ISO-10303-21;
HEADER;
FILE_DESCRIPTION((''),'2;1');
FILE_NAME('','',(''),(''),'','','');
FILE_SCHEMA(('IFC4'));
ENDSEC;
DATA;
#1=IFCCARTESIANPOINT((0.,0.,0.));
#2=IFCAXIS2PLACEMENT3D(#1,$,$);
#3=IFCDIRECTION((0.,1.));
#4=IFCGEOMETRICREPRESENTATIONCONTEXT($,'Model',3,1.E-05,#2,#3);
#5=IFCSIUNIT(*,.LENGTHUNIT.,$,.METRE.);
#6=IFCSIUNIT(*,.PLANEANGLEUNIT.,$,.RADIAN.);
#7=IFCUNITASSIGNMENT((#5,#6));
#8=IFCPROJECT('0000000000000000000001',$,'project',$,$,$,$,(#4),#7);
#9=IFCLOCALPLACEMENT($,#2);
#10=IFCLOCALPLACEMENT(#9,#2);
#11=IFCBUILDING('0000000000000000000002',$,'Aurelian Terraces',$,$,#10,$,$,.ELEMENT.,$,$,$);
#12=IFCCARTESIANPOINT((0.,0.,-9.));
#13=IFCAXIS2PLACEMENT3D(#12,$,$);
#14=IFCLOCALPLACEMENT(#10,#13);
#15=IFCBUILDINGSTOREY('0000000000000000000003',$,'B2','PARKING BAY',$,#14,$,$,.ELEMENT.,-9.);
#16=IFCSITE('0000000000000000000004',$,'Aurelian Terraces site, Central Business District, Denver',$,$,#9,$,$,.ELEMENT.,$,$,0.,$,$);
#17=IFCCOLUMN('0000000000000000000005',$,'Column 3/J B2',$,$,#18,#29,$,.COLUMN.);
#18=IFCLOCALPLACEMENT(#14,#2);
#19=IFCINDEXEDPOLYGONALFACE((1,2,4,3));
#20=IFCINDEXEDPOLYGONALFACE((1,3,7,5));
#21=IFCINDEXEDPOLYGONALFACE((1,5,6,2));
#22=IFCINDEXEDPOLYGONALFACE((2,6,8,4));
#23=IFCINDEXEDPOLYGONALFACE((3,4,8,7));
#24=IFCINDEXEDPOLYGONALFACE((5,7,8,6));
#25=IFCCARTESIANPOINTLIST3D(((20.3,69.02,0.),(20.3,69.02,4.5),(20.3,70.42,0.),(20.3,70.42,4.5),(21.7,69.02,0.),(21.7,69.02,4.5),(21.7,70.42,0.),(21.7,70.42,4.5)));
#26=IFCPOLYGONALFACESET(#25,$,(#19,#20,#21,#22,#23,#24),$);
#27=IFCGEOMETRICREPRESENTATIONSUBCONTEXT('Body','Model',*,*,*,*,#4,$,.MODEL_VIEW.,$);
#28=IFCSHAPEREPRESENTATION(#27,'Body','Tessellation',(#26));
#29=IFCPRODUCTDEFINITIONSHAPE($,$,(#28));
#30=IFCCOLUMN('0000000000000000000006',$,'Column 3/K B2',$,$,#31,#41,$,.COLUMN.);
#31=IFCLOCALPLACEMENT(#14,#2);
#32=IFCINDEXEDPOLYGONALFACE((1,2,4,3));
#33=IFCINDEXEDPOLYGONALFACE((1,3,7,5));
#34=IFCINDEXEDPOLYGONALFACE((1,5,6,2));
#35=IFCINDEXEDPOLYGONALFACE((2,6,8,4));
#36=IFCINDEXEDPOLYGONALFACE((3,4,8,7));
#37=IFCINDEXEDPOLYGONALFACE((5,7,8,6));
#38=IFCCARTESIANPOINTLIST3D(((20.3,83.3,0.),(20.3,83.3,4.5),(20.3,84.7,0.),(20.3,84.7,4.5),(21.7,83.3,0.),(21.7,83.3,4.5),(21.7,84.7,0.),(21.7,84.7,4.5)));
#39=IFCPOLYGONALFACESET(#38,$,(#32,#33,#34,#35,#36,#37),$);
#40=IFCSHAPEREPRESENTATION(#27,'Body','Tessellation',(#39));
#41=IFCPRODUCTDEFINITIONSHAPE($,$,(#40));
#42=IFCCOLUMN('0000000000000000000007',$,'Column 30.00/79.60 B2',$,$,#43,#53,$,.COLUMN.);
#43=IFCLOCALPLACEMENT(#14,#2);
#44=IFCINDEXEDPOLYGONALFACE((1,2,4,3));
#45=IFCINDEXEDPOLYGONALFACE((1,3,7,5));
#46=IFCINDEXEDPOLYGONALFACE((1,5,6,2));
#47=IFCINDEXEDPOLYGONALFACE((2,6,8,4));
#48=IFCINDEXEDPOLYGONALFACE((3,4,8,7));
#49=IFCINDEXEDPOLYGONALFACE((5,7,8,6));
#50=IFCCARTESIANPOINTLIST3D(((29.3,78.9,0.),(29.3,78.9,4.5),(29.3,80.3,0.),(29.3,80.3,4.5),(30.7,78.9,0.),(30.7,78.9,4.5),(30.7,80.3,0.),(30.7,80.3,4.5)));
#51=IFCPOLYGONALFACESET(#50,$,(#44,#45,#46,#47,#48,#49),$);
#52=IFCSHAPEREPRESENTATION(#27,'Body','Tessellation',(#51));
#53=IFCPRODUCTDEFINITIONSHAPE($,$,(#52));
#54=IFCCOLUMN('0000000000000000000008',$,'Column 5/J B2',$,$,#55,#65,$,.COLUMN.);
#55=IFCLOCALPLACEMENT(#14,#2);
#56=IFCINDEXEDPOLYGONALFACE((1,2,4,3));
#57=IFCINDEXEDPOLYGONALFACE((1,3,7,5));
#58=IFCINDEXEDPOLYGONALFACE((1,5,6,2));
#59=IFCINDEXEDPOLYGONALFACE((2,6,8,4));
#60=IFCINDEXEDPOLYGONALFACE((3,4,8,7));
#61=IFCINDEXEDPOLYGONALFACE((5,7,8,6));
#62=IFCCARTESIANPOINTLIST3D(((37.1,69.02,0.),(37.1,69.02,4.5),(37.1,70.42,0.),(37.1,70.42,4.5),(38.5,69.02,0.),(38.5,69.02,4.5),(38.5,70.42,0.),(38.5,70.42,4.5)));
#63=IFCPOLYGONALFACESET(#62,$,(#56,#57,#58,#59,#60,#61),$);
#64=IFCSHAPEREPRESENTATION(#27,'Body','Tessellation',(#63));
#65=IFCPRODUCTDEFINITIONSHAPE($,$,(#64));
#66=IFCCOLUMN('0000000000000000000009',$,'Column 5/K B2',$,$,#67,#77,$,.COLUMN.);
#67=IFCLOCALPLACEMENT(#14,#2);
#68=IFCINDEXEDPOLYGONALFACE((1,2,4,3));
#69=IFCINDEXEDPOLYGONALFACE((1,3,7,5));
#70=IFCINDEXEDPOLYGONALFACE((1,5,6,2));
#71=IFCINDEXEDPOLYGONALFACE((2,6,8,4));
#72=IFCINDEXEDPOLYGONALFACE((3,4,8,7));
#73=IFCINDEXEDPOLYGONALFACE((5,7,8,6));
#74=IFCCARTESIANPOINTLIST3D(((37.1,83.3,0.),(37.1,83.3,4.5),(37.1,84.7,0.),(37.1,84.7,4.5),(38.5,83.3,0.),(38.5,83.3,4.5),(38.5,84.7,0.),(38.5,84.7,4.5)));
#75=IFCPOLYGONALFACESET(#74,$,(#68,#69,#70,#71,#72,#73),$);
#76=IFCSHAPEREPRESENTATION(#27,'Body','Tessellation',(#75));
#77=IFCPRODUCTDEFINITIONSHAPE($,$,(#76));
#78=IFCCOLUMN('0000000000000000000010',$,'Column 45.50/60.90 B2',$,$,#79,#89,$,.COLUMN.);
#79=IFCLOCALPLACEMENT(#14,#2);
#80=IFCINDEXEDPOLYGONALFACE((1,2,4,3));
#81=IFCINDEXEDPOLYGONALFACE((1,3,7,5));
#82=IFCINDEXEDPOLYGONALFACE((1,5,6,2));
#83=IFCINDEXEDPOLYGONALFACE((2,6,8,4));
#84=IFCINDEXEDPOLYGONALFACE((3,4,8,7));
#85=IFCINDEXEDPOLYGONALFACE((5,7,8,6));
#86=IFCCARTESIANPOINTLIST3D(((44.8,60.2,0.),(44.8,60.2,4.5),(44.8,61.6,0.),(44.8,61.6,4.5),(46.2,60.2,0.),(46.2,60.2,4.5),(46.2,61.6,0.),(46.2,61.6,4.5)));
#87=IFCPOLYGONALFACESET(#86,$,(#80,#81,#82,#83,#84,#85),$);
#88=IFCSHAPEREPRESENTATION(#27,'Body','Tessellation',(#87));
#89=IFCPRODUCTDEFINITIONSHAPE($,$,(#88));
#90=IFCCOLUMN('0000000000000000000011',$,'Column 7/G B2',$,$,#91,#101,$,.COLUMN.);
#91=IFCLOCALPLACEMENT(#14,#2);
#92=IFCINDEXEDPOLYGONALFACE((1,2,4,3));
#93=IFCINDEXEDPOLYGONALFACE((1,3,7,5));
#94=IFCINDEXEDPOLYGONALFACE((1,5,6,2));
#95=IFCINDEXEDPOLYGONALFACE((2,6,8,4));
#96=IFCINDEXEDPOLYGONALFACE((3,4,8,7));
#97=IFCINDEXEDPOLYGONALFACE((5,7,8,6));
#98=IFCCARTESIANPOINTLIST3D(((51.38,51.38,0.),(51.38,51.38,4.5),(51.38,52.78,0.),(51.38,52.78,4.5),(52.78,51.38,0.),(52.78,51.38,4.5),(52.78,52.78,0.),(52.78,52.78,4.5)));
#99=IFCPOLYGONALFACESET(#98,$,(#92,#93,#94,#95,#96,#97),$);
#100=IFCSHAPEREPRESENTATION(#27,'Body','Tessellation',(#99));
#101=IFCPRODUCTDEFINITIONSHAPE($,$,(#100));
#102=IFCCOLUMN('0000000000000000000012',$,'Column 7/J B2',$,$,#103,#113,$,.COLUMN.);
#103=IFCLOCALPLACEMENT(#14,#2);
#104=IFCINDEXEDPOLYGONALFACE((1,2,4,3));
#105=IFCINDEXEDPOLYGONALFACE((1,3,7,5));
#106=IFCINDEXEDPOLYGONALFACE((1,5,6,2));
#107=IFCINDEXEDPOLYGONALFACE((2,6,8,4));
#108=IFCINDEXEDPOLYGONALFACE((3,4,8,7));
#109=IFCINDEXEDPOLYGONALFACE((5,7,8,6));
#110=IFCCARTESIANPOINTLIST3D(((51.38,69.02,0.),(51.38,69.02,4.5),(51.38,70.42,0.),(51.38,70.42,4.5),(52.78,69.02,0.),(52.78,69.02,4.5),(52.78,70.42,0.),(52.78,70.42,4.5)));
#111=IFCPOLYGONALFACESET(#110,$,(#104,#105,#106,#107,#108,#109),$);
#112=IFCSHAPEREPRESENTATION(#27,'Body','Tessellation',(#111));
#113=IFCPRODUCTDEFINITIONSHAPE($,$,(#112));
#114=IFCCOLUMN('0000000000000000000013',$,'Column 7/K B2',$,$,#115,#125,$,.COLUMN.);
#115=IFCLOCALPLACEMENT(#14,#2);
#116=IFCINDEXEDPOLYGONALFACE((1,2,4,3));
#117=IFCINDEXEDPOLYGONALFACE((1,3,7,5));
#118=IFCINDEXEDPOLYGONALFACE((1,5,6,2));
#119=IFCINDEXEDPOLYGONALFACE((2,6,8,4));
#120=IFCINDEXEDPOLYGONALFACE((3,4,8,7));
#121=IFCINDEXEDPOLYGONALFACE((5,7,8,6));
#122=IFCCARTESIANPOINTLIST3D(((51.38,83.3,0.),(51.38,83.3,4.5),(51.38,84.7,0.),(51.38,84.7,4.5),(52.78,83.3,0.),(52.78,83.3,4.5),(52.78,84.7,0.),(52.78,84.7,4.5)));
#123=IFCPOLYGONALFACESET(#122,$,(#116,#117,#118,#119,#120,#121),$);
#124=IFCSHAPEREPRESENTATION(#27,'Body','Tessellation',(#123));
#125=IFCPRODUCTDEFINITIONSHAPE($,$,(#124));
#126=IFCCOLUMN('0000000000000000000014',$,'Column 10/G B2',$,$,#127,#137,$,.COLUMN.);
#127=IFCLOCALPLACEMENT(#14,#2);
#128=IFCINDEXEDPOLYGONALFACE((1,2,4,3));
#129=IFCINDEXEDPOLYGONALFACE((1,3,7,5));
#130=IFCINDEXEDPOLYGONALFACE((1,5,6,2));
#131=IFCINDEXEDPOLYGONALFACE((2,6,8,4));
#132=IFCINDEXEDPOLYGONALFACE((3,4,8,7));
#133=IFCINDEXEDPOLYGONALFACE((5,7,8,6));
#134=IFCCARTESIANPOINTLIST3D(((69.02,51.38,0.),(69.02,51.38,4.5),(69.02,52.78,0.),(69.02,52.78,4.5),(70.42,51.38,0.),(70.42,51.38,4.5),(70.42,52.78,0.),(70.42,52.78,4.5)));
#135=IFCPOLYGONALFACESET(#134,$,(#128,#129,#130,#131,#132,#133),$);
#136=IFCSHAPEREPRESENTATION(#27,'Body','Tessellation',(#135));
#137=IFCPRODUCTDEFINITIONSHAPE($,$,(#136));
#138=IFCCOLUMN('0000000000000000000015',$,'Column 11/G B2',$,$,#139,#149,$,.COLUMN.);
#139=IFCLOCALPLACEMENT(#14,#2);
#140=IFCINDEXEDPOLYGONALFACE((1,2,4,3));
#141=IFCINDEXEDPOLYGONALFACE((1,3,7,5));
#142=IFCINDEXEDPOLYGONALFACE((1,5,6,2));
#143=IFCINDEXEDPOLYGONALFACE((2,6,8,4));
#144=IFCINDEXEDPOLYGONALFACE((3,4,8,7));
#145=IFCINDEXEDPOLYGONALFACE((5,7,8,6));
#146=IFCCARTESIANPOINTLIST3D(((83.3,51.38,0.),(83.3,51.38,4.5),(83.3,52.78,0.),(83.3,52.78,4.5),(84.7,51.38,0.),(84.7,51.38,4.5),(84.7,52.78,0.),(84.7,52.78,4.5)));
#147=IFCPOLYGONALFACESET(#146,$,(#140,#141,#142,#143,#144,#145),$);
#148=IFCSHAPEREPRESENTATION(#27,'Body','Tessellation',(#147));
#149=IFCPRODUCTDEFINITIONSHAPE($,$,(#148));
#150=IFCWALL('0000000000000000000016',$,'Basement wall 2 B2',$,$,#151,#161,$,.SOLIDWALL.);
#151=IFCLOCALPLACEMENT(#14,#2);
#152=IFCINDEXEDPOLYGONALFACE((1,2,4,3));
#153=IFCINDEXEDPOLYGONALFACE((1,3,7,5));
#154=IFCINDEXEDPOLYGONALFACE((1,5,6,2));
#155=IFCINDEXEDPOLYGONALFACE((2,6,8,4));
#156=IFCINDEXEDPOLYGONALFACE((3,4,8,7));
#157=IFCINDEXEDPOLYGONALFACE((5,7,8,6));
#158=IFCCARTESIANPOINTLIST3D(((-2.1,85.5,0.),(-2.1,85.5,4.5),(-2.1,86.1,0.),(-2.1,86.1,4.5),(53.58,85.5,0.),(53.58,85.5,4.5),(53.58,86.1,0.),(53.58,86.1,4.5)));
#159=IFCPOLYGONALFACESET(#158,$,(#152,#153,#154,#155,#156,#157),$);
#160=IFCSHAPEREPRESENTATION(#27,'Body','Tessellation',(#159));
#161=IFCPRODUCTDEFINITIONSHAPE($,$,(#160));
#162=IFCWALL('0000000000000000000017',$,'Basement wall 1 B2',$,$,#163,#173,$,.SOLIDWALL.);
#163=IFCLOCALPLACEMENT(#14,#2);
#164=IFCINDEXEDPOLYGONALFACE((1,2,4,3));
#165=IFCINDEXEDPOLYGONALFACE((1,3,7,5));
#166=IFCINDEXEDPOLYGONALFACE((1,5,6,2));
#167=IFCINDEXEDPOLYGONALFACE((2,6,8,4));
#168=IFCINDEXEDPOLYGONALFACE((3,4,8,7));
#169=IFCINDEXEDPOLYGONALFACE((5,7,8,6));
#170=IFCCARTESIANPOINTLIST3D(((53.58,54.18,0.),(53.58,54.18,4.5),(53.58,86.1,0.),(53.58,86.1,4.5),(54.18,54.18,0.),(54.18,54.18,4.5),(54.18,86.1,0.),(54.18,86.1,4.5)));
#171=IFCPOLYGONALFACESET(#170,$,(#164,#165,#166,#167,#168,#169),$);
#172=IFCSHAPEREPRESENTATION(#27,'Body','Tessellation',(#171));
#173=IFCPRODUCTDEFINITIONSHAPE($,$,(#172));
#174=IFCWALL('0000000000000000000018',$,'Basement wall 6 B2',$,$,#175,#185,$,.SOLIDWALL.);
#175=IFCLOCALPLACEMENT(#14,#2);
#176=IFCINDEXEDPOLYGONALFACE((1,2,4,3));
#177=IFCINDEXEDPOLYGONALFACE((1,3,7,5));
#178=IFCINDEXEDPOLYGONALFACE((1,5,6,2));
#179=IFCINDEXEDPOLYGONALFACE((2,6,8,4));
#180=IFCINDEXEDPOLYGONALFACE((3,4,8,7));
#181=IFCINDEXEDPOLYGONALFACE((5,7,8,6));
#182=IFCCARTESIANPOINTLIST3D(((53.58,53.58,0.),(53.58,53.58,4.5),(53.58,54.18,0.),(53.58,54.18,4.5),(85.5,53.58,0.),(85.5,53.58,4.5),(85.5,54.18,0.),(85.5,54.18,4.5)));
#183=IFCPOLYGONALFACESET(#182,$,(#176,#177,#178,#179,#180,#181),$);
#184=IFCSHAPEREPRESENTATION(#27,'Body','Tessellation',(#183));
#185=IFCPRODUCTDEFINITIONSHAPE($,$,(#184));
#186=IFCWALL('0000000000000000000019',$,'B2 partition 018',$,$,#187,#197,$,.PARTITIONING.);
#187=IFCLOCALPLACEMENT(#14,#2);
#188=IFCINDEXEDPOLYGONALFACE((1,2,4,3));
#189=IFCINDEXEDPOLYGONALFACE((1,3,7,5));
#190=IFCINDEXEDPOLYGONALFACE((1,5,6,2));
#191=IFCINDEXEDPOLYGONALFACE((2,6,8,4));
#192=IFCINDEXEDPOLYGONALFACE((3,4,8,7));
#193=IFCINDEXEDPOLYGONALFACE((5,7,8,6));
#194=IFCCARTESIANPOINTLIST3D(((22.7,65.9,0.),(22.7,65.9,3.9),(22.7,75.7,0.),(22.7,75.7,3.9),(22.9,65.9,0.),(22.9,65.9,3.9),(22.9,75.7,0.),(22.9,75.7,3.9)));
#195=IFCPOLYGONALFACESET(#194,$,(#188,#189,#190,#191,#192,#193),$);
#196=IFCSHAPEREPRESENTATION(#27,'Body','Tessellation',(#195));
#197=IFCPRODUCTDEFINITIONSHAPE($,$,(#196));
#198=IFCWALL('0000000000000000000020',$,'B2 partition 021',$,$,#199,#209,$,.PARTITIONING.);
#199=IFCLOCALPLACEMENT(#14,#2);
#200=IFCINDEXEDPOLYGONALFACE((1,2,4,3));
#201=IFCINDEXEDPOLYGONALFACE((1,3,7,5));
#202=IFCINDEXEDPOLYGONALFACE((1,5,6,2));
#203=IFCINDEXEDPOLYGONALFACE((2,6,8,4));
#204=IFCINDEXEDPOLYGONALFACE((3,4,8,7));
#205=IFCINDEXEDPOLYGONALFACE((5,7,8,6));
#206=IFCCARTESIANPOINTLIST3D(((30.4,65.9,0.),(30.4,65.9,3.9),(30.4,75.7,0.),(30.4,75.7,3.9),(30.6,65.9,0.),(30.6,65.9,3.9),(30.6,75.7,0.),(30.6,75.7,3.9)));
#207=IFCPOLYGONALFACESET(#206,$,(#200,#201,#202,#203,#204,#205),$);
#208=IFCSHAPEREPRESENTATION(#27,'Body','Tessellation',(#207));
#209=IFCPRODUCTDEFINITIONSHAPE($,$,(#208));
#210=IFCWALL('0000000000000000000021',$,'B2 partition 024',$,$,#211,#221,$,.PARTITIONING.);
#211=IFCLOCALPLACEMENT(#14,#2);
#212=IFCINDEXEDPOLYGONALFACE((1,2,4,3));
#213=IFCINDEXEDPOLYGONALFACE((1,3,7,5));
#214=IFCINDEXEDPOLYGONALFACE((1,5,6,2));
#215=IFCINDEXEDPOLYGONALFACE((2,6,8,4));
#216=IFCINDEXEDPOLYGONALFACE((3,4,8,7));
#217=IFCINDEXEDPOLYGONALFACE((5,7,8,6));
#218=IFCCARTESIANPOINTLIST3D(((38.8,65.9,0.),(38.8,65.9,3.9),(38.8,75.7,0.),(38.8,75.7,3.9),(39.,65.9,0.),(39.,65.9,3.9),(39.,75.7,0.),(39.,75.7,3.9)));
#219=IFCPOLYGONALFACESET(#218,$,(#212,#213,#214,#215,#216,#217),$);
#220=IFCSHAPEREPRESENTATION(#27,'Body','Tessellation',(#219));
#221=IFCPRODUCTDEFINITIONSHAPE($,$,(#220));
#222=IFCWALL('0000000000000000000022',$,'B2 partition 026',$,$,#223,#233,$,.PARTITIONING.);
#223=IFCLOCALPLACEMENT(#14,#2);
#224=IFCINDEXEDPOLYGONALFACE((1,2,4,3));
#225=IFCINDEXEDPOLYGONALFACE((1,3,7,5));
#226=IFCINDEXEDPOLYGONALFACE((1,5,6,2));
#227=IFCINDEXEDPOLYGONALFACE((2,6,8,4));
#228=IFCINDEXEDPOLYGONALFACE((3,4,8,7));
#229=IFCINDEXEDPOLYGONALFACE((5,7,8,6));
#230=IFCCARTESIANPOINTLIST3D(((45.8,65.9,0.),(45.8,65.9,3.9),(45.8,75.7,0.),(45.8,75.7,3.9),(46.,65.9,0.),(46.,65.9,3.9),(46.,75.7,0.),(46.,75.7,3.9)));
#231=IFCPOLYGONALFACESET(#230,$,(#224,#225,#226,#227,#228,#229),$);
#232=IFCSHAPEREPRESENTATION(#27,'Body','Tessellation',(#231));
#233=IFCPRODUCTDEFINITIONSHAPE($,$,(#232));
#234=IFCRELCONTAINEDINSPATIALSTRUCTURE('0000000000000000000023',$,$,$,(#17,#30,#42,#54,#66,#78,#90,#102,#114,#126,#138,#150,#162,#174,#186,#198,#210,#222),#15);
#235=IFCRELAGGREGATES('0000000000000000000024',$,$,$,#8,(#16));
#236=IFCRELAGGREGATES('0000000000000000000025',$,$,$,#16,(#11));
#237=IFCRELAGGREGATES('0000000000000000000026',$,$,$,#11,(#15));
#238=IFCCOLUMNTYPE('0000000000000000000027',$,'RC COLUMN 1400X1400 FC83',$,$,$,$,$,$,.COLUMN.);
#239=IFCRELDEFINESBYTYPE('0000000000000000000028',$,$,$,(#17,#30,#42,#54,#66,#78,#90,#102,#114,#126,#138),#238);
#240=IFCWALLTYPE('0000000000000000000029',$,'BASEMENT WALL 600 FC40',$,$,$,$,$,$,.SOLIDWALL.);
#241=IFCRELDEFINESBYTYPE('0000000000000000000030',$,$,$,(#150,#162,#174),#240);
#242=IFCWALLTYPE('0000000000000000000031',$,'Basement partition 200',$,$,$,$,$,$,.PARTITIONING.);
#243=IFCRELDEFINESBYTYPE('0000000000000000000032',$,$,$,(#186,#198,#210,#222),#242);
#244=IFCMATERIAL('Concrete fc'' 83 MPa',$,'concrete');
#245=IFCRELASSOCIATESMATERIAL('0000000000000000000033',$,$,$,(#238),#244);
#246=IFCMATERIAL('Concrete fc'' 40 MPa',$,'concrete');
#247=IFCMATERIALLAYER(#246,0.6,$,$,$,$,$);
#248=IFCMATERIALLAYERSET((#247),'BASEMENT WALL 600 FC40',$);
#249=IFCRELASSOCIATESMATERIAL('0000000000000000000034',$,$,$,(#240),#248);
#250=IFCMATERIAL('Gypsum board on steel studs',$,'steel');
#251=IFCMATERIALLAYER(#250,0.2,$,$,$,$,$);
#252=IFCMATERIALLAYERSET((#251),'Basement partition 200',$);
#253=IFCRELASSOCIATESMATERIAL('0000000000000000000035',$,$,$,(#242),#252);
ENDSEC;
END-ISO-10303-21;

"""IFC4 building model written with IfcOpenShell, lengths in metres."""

from ifc_helpers import new_model, si_unit, direction, frame, frame_2d, origin, origin_2d, place, context, subcontext, project, spatial, rectangle, extrude, source, transform, mapped, material, layer, layer_set, material_profile, profile_set, type_object, element, save


model = new_model("IFC4")

# Units and contexts
model_context = context("Model", 3, precision=1e-05, world=origin(), true_north=direction((0.0, 1.0)))
body_context = subcontext(model_context, "Body", "Model", "MODEL_VIEW")
ifc_project = project(units=[si_unit("LENGTHUNIT", "METRE"), si_unit("PLANEANGLEUNIT", "RADIAN")], contexts=[model_context])

# Site, building, storey
site_placement = place(None, origin())
site = spatial("IfcSite", under=ifc_project, at=site_placement, Name="Aurelian Terraces site, Central Business District, Denver", CompositionType="ELEMENT", RefElevation=0.0)
building_placement = place(site_placement, origin())
building = spatial("IfcBuilding", under=site, at=building_placement, Name="Aurelian Terraces", CompositionType="ELEMENT")
storey_placement = place(building_placement, frame((0.0, 0.0, -9.0)))
storey = spatial("IfcBuildingStorey", under=building, at=storey_placement, Name="B2", Description="PARKING BAY", CompositionType="ELEMENT", Elevation=-9.0)

# Columns
ifc_material_1 = material(Name="Concrete fc' 83 MPa", Category="concrete")
ifc_material_profile = material_profile(ifc_material_1, rectangle(XDim=1.4, YDim=1.4, at=origin_2d()))
ifc_profile_set = profile_set([ifc_material_profile], Name="Concrete fc' 83 MPa")
column_type = type_object("IfcColumnType", Name="RC COLUMN 1400X1400 FC83", PredefinedType="COLUMN", material=ifc_profile_set)
shared_shape_1 = source(origin(), body_context, "Body", "SweptSolid", [
    extrude(rectangle(XDim=1.4, YDim=1.4, at=origin_2d()), origin(), (0.0, 0.0, 1.0), 4.5),
])
for number, where, z_axis, x_axis, name in (
    (1, (21.0, 69.72, 0.0), (0.0, 0.0, 1.0), (1.0, 0.0, 0.0), "Column 3/J B2"),
    (2, (21.0, 84.0, 0.0), (0.0, 0.0, 1.0), (1.0, 0.0, 0.0), "Column 3/K B2"),
    (3, (30.0, 79.6, 0.0), (0.0, 0.0, 1.0), (1.0, 0.0, 0.0), "Column 30.00/79.60 B2"),
    (4, (37.8, 69.72, 0.0), (0.0, 0.0, 1.0), (1.0, 0.0, 0.0), "Column 5/J B2"),
    (5, (37.8, 84.0, 0.0), (0.0, 0.0, 1.0), (1.0, 0.0, 0.0), "Column 5/K B2"),
    (6, (45.5, 60.9, 0.0), (0.0, 0.0, 1.0), (1.0, 0.0, 0.0), "Column 45.50/60.90 B2"),
    (7, (52.08, 52.08, 0.0), (0.0, 0.0, 1.0), (1.0, 0.0, 0.0), "Column 7/G B2"),
    (8, (52.08, 69.72, 0.0), (0.0, 0.0, 1.0), (1.0, 0.0, 0.0), "Column 7/J B2"),
    (9, (52.08, 84.0, 0.0), (0.0, 0.0, 1.0), (1.0, 0.0, 0.0), "Column 7/K B2"),
    (10, (69.72, 52.08, 0.0), (0.0, 0.0, 1.0), (1.0, 0.0, 0.0), "Column 10/G B2"),
    (11, (84.0, 52.08, 0.0), (0.0, 0.0, 1.0), (1.0, 0.0, 0.0), "Column 11/G B2"),
):
    element("IfcColumn", number, at=place(storey_placement, frame(where, z_axis=z_axis, x_axis=x_axis)), inside=storey, type_object=column_type, Name=name, PredefinedType="COLUMN", context=body_context, shape_type="MappedRepresentation", body=[
        mapped(shared_shape_1, transform((0.0, 0.0, 0.0), scale=1.0)),
    ])

# Walls
ifc_material_2 = material(Name="Concrete fc' 40 MPa", Category="concrete")
ifc_layer_1 = layer(ifc_material_2, 0.6)
ifc_layer_set_1 = layer_set([ifc_layer_1], Name="BASEMENT WALL 600 FC40")
wall_type_1 = type_object("IfcWallType", Name="BASEMENT WALL 600 FC40", PredefinedType="SOLIDWALL", material=ifc_layer_set_1)
shared_shape_2 = source(origin(), body_context, "Body", "SweptSolid", [
    extrude(rectangle(XDim=55.68, YDim=0.6, at=frame_2d((27.84, 0.0))), origin(), (0.0, 0.0, 1.0), 4.5),
])
wall_placement = place(storey_placement, frame((53.58, 85.8, 0.0), z_axis=(0.0, 0.0, 1.0), x_axis=(-1.0, 0.0, 0.0)))
element("IfcWall", 12, at=wall_placement, inside=storey, type_object=wall_type_1, Name="Basement wall 2 B2", PredefinedType="SOLIDWALL", context=body_context, shape_type="MappedRepresentation", body=[
    mapped(shared_shape_2, transform((0.0, 0.0, 0.0), scale=1.0)),
])
shared_shape_3 = source(origin(), body_context, "Body", "SweptSolid", [
    extrude(rectangle(XDim=31.92, YDim=0.6, at=frame_2d((15.96, 0.0))), origin(), (0.0, 0.0, 1.0), 4.5),
])
for number, where, z_axis, x_axis, name in (
    (13, (53.88, 54.18, 0.0), (0.0, 0.0, 1.0), (0.0, 1.0, 0.0), "Basement wall 1 B2"),
    (14, (85.5, 53.88, 0.0), (0.0, 0.0, 1.0), (-1.0, 0.0, 0.0), "Basement wall 6 B2"),
):
    element("IfcWall", number, at=place(storey_placement, frame(where, z_axis=z_axis, x_axis=x_axis)), inside=storey, type_object=wall_type_1, Name=name, PredefinedType="SOLIDWALL", context=body_context, shape_type="MappedRepresentation", body=[
        mapped(shared_shape_3, transform((0.0, 0.0, 0.0), scale=1.0)),
    ])
ifc_material_3 = material(Name="Gypsum board on steel studs", Category="steel")
ifc_layer_2 = layer(ifc_material_3, 0.2)
ifc_layer_set_2 = layer_set([ifc_layer_2], Name="Basement partition 200")
wall_type_2 = type_object("IfcWallType", Name="Basement partition 200", PredefinedType="PARTITIONING", material=ifc_layer_set_2)
shared_shape_4 = source(origin(), body_context, "Body", "SweptSolid", [
    extrude(rectangle(XDim=9.8, YDim=0.2, at=frame_2d((4.9, 0.0))), origin(), (0.0, 0.0, 1.0), 3.9),
])
for number, where, z_axis, x_axis, name in (
    (15, (22.8, 65.9, 0.0), (0.0, 0.0, 1.0), (0.0, 1.0, 0.0), "B2 partition 018"),
    (16, (30.5, 65.9, 0.0), (0.0, 0.0, 1.0), (0.0, 1.0, 0.0), "B2 partition 021"),
    (17, (38.9, 65.9, 0.0), (0.0, 0.0, 1.0), (0.0, 1.0, 0.0), "B2 partition 024"),
    (18, (45.9, 65.9, 0.0), (0.0, 0.0, 1.0), (0.0, 1.0, 0.0), "B2 partition 026"),
):
    element("IfcWall", number, at=place(storey_placement, frame(where, z_axis=z_axis, x_axis=x_axis)), inside=storey, type_object=wall_type_2, Name=name, PredefinedType="PARTITIONING", context=body_context, shape_type="MappedRepresentation", body=[
        mapped(shared_shape_4, transform((0.0, 0.0, 0.0), scale=1.0)),
    ])

save(model, "model.ifc")
